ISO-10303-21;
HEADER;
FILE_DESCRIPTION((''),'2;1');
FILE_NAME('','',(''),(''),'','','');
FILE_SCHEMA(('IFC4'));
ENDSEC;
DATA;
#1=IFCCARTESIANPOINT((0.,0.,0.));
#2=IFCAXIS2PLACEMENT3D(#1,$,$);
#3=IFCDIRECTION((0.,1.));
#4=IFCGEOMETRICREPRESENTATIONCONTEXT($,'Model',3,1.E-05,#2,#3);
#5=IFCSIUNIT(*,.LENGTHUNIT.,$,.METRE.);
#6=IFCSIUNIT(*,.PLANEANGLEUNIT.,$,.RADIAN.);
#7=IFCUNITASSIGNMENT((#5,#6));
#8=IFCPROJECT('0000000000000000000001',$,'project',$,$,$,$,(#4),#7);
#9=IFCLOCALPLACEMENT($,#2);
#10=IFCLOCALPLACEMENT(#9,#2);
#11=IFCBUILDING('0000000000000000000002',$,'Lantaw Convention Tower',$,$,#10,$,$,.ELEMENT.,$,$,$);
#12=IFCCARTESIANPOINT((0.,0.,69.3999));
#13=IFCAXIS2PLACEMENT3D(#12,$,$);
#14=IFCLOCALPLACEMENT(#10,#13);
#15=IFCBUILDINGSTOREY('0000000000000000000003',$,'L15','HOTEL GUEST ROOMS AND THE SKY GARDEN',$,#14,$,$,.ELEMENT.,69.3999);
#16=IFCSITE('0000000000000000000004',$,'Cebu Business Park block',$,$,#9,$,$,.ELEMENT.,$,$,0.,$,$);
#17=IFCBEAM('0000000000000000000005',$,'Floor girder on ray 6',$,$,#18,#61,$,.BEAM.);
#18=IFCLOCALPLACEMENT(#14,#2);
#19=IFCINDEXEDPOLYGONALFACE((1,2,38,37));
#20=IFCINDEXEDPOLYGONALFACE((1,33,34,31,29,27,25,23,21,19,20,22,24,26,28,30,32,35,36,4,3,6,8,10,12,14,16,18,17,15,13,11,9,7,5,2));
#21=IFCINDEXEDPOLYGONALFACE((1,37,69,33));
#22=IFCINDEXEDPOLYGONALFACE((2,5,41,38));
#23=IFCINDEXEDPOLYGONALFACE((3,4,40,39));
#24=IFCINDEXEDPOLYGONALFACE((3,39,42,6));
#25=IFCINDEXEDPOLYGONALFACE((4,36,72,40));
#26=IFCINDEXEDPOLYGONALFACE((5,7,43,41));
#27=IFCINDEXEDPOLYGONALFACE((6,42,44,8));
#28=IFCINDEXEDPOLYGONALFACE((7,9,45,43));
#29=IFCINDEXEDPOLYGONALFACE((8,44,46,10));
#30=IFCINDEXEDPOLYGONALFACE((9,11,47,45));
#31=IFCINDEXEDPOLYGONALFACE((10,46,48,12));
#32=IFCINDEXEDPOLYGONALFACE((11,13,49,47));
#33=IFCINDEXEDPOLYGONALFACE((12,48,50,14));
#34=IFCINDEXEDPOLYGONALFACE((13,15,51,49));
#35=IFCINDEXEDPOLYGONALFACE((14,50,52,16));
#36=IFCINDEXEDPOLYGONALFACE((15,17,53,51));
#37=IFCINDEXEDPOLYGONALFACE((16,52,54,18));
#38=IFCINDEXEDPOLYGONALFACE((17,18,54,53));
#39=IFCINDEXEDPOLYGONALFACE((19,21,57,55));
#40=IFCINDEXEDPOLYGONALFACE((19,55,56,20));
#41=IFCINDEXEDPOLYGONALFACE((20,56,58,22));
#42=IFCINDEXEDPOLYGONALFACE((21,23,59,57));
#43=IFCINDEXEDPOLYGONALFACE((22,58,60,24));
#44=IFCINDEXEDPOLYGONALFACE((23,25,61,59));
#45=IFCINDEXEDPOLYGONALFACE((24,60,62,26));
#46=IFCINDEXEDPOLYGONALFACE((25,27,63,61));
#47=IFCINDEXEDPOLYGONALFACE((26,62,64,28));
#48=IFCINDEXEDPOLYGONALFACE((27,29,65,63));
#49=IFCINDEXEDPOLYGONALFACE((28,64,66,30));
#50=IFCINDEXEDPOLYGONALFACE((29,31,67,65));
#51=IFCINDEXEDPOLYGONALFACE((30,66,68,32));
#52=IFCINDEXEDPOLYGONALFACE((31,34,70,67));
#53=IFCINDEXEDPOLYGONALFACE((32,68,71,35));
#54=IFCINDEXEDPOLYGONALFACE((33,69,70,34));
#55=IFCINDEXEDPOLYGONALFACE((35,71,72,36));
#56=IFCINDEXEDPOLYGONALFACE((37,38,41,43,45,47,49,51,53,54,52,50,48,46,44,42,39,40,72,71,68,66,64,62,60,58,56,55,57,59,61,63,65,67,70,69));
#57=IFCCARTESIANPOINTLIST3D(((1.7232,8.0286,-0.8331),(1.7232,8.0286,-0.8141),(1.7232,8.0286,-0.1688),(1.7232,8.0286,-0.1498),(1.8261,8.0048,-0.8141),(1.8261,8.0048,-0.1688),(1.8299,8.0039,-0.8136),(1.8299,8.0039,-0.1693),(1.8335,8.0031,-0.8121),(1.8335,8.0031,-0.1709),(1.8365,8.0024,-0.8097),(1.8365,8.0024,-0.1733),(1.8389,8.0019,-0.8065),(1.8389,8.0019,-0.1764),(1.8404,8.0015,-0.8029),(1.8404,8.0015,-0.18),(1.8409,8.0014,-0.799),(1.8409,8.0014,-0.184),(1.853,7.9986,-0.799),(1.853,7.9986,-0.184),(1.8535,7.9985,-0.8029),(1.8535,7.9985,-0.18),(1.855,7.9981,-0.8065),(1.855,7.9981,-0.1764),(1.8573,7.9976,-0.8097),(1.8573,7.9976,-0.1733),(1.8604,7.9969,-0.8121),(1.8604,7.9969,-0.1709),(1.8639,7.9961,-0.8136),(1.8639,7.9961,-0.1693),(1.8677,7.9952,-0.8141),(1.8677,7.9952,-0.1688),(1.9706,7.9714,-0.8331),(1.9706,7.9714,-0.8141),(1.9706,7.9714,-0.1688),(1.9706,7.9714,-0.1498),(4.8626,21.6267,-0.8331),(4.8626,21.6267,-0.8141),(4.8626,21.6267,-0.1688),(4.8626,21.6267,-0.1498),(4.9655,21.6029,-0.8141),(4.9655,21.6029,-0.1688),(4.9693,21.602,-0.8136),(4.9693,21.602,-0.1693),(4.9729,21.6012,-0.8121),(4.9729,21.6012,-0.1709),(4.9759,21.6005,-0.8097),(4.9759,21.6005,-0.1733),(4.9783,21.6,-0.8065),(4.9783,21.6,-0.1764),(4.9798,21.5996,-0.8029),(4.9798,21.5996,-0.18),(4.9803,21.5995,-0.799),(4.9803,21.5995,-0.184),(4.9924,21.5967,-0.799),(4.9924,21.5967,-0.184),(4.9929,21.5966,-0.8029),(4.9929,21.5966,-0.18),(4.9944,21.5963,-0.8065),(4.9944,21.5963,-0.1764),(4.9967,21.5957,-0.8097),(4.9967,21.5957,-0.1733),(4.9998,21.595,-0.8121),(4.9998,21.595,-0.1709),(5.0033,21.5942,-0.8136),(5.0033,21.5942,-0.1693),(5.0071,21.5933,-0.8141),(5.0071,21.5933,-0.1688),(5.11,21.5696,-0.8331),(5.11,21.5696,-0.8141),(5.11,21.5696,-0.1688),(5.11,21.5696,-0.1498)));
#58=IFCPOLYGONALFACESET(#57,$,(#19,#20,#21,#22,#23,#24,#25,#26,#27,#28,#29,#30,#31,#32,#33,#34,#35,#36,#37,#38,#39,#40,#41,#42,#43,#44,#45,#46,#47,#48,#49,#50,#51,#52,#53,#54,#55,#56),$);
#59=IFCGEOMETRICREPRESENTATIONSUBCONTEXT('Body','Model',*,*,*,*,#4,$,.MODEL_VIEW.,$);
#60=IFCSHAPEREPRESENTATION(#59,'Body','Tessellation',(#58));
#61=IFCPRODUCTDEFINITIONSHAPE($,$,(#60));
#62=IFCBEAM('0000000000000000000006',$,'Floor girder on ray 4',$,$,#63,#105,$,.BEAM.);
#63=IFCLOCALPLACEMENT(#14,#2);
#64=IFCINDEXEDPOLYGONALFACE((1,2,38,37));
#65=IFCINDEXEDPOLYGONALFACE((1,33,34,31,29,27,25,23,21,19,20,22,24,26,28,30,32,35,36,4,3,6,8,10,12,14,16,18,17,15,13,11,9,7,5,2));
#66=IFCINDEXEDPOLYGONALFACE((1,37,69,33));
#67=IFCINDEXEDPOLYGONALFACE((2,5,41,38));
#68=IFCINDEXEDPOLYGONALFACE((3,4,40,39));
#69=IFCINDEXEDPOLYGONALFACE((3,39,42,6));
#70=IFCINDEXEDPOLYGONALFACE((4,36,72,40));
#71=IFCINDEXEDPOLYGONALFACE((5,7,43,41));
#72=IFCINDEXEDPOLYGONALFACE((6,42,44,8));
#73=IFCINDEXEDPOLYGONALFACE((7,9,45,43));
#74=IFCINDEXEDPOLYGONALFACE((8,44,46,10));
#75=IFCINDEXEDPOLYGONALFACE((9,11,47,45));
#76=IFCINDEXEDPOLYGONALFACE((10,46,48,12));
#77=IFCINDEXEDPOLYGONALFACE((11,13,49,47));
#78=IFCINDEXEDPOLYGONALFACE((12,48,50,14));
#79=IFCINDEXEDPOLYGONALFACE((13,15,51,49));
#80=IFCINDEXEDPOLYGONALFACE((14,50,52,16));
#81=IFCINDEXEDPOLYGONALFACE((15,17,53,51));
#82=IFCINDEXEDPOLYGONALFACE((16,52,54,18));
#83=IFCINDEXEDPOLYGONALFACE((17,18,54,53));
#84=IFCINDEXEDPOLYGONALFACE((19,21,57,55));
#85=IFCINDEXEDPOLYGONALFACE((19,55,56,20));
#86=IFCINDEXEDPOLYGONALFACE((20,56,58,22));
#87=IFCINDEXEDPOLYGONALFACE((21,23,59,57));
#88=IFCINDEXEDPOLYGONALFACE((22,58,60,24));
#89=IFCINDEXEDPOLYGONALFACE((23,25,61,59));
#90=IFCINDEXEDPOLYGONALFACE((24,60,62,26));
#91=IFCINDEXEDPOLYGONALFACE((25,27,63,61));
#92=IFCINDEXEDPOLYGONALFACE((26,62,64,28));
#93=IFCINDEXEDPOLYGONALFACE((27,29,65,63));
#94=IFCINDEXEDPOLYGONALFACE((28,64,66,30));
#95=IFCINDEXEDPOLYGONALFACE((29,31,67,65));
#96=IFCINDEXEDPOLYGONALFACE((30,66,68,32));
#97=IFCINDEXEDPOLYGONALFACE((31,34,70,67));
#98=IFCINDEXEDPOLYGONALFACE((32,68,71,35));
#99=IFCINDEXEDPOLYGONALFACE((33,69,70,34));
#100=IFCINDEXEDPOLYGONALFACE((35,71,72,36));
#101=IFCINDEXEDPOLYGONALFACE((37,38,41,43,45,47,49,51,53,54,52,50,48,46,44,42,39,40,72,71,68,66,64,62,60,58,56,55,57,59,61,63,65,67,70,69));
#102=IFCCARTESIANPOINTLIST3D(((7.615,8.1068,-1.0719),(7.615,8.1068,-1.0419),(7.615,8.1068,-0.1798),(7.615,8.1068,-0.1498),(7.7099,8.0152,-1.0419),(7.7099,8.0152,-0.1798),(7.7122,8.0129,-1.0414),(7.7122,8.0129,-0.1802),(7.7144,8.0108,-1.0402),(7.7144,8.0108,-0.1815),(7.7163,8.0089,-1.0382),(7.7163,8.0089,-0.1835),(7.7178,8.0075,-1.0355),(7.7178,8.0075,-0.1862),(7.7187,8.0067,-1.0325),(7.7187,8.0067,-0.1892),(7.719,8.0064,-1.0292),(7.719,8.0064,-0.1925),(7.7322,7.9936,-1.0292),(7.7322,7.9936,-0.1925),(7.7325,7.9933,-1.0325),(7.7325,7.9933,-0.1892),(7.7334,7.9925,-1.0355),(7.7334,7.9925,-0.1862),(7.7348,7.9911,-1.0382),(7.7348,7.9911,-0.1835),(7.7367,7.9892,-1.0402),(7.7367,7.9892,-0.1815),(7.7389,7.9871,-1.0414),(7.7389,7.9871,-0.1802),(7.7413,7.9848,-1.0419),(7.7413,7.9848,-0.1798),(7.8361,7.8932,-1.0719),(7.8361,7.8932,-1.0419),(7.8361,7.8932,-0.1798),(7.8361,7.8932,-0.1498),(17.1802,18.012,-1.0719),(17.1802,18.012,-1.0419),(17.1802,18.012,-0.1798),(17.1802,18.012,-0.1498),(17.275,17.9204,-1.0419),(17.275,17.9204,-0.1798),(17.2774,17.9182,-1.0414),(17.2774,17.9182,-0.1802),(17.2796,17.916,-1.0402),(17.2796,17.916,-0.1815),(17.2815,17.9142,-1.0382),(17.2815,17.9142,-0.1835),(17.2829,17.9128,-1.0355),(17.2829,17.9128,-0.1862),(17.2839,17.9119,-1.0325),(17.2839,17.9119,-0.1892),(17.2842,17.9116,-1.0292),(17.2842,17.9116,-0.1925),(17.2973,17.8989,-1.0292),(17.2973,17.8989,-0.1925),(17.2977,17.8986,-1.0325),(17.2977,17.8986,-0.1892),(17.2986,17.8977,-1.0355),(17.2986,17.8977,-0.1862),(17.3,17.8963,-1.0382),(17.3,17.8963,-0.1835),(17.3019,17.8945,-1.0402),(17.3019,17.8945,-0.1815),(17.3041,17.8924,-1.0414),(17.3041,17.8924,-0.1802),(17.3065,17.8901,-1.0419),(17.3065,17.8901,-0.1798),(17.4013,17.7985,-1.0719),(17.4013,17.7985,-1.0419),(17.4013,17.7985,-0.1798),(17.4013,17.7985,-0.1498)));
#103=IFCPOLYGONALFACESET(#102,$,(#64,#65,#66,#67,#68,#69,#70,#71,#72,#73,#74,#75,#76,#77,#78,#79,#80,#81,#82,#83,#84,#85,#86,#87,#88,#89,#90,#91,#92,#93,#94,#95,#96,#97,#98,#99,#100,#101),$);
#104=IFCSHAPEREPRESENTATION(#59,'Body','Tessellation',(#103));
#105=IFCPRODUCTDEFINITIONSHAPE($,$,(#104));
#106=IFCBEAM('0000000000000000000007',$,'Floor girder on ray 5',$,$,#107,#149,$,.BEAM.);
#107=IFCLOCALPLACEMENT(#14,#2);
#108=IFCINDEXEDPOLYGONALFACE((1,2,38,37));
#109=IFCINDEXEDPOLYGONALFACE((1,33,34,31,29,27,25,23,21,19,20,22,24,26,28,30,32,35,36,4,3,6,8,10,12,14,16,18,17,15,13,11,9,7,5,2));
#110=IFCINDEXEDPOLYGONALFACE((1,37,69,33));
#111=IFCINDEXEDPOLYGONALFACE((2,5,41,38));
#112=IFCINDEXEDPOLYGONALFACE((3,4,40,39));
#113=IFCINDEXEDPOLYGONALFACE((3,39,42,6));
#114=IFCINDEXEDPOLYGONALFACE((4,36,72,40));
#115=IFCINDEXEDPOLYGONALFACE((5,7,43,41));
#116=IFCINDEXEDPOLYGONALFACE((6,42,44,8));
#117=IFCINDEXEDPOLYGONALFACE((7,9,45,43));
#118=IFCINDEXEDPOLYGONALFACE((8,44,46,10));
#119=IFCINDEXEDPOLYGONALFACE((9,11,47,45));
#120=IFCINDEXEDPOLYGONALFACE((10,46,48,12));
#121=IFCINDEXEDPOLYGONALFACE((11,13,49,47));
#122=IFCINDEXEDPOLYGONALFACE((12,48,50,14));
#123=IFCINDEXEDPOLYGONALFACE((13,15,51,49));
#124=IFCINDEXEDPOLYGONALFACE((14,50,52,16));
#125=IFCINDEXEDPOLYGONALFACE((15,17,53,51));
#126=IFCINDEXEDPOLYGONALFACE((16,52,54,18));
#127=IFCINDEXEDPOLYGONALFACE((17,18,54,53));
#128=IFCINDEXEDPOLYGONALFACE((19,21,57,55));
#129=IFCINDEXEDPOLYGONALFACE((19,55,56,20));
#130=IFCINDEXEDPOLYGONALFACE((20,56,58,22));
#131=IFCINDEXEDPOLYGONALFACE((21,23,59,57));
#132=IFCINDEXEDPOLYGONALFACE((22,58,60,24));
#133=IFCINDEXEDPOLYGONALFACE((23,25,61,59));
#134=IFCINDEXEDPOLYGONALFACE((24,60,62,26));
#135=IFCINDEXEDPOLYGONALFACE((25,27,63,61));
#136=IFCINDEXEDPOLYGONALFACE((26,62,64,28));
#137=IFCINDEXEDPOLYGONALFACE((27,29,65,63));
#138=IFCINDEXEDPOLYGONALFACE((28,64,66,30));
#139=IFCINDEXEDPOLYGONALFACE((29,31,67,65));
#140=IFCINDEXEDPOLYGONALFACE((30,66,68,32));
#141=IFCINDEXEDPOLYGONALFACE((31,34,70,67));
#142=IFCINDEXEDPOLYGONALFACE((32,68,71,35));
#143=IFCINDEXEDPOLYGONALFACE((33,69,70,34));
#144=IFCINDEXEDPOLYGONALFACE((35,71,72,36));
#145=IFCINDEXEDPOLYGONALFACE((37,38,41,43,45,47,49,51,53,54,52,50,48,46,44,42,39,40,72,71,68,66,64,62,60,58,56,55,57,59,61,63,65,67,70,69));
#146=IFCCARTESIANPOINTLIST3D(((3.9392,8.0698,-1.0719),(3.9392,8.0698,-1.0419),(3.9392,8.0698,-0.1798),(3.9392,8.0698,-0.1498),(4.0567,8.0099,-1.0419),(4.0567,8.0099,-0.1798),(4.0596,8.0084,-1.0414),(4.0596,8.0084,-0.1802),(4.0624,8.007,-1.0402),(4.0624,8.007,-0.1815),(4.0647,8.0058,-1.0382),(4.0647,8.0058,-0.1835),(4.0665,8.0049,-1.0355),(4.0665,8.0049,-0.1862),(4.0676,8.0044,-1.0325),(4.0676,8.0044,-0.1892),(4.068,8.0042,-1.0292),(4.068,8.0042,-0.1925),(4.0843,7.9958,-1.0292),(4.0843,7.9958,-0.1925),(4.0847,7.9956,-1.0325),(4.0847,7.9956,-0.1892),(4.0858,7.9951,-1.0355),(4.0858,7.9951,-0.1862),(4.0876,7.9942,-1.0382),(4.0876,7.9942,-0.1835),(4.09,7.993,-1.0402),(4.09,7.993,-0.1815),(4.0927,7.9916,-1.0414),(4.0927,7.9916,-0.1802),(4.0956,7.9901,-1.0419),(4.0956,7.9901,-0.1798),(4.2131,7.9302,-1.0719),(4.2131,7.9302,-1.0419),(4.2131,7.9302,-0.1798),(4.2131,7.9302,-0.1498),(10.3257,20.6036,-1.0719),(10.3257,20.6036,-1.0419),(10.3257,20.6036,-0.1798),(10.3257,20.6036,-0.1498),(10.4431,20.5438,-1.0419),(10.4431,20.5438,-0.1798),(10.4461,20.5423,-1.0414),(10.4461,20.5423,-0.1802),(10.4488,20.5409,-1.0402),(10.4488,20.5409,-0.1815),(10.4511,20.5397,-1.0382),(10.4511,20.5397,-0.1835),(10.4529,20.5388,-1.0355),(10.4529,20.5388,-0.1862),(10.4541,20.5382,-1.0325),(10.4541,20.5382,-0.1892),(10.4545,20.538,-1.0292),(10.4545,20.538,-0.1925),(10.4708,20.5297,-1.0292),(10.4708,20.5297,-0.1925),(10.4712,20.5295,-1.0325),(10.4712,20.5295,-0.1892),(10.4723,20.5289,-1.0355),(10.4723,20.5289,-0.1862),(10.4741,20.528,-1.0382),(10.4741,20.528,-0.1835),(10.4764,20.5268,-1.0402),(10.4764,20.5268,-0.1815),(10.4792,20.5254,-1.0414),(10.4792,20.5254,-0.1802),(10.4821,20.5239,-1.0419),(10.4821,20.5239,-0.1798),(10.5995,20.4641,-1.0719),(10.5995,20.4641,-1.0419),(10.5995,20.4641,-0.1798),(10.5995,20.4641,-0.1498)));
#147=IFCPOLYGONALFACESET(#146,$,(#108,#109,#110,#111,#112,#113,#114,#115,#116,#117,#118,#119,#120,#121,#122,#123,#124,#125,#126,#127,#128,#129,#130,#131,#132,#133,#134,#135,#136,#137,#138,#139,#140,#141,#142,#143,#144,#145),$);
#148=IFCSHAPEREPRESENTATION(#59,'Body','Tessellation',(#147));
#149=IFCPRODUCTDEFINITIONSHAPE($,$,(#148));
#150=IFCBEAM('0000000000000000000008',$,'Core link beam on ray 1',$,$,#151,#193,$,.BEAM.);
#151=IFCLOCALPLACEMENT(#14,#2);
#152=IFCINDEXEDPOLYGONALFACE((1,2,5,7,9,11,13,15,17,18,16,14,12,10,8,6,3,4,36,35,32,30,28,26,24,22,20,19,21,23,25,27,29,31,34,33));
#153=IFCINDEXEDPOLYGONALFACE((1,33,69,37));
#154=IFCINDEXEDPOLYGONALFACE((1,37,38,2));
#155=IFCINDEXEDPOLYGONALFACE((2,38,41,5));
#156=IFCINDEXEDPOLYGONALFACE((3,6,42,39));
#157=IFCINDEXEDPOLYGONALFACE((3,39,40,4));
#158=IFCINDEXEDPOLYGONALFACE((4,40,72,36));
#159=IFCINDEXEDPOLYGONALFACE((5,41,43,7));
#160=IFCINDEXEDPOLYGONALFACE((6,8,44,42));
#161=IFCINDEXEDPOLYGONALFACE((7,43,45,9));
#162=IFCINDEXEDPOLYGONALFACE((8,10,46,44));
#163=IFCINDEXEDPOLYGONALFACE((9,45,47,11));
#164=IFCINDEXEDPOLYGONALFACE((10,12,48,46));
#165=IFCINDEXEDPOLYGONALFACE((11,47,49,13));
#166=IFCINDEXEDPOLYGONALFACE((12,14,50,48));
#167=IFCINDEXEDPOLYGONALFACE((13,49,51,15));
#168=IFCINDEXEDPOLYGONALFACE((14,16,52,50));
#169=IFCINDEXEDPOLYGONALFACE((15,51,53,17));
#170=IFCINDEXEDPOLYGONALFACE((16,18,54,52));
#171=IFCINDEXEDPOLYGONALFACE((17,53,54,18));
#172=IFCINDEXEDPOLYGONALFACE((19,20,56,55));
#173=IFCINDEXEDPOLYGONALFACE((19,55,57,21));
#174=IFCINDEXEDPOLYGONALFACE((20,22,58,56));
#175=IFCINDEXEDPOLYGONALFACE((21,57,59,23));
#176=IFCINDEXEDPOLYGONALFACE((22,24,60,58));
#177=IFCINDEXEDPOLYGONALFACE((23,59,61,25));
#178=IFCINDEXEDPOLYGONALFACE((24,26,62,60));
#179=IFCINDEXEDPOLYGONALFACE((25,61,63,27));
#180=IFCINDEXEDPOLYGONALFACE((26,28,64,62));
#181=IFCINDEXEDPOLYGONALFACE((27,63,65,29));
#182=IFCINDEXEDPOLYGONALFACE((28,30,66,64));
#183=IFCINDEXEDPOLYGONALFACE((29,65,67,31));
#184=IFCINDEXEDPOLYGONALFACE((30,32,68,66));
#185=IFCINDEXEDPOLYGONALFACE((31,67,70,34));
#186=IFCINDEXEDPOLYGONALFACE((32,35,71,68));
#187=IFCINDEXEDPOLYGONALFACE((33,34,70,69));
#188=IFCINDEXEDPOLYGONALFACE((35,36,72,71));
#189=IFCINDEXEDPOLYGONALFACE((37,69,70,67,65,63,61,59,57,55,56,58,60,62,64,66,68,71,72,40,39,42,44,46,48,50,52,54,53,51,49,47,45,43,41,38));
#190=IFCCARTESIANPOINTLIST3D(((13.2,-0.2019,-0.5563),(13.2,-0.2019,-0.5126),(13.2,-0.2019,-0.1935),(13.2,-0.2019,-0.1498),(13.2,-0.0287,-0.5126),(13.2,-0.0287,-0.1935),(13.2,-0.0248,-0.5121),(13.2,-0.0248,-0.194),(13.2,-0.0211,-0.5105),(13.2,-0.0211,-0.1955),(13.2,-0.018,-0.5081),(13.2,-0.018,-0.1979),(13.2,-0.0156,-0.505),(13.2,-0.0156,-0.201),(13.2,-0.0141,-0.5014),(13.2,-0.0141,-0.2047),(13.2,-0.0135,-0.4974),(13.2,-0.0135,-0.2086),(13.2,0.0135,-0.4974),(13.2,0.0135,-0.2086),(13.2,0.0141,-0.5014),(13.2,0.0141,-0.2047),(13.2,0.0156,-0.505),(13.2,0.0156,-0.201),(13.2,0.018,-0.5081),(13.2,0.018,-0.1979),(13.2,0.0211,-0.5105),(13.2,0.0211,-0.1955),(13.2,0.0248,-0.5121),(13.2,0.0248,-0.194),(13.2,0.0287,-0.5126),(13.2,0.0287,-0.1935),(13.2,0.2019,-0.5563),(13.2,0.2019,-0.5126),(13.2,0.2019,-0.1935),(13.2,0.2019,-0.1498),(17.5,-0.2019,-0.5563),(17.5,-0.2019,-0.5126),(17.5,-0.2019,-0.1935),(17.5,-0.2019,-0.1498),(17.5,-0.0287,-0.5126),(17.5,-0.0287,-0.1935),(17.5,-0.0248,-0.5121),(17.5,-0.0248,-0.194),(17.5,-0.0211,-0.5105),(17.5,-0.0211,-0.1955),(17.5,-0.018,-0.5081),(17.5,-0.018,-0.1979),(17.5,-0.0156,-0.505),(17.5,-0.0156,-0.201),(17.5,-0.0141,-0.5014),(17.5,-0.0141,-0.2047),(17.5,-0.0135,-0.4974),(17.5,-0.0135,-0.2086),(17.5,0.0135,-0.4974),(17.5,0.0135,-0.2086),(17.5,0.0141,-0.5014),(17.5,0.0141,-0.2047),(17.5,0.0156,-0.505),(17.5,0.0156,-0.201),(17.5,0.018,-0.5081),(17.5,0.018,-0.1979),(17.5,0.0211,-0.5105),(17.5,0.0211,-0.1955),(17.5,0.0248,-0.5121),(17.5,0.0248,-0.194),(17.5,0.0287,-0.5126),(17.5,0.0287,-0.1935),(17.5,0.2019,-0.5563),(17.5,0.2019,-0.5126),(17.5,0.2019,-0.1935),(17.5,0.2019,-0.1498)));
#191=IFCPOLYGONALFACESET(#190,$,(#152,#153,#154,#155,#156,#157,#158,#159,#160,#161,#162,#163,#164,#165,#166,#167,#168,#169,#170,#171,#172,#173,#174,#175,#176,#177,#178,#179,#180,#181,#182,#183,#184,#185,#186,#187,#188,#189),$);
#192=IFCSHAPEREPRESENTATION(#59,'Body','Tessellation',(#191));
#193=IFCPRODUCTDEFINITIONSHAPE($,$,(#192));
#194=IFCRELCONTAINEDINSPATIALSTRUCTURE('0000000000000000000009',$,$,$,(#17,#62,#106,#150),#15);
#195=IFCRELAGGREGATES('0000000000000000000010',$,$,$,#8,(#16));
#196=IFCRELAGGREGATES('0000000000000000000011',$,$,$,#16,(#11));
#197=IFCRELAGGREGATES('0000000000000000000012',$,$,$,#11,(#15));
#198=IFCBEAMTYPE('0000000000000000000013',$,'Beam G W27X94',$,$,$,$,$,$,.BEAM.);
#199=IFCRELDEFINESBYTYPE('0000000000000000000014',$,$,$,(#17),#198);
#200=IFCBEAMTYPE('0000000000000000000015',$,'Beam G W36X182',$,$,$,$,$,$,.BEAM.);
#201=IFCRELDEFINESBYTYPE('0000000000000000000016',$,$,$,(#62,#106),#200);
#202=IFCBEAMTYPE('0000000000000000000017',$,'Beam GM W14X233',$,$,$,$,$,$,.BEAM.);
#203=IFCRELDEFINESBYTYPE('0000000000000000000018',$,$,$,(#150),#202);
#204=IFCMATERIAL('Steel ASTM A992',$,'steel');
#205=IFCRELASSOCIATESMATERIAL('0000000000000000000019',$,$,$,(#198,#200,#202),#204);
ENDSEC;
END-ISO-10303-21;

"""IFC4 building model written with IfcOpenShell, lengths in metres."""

from ifc_helpers import new_model, si_unit, direction, frame, origin, origin_2d, place, context, subcontext, project, spatial, i_section, extrude, material, material_profile, profile_set, type_object, element, save


model = new_model("IFC4")

# Units and contexts
model_context = context("Model", 3, precision=1e-05, world=origin(), true_north=direction((0.0, 1.0)))
body_context = subcontext(model_context, "Body", "Model", "MODEL_VIEW")
ifc_project = project(units=[si_unit("LENGTHUNIT", "METRE"), si_unit("PLANEANGLEUNIT", "RADIAN")], contexts=[model_context])

# Site, building, storey
site_placement = place(None, origin())
site = spatial("IfcSite", under=ifc_project, at=site_placement, Name="Cebu Business Park block", CompositionType="ELEMENT", RefElevation=0.0)
building_placement = place(site_placement, origin())
building = spatial("IfcBuilding", under=site, at=building_placement, Name="Lantaw Convention Tower", CompositionType="ELEMENT")
storey_placement = place(building_placement, frame((0.0, 0.0, 69.3999)))
storey = spatial("IfcBuildingStorey", under=building, at=storey_placement, Name="L15", Description="HOTEL GUEST ROOMS AND THE SKY GARDEN", CompositionType="ELEMENT", Elevation=69.3999)

# Beams
ifc_material_1 = material(Name="Steel ASTM A992", Category="steel")
ifc_material_profile_1 = material_profile(ifc_material_1, i_section(OverallWidth=0.2539, OverallDepth=0.6833, WebThickness=0.0125, FlangeThickness=0.019, FilletRadius=0.0151, at=origin_2d()), Name="W27X94")
ifc_profile_set_1 = profile_set([ifc_material_profile_1], Name="Steel ASTM A992")
beam_type_1 = type_object("IfcBeamType", Name="Beam G W27X94", PredefinedType="BEAM", material=ifc_profile_set_1)
beam_1_placement = place(storey_placement, frame((1.8469, 8.0, -0.4915), z_axis=(0.224953, 0.97437, 0.0), x_axis=(-0.97437, 0.224953, 0.0)))
element("IfcBeam", 1, at=beam_1_placement, inside=storey, type_object=beam_type_1, Name="Floor girder on ray 6", PredefinedType="BEAM", context=body_context, shape_type="SweptSolid", body=[
    extrude(i_section(OverallWidth=0.2539, OverallDepth=0.6833, WebThickness=0.0125, FlangeThickness=0.019, FilletRadius=0.0151, at=origin_2d()), origin(), (0.0, 0.0, 1.0), 13.9558),
])
ifc_material_profile_2 = material_profile(ifc_material_1, i_section(OverallWidth=0.3074, OverallDepth=0.9221, WebThickness=0.0183, FlangeThickness=0.03, FilletRadius=0.0127, at=origin_2d()), Name="W36X182")
ifc_profile_set_2 = profile_set([ifc_material_profile_2], Name="Steel ASTM A992")
beam_type_2 = type_object("IfcBeamType", Name="Beam G W36X182", PredefinedType="BEAM", material=ifc_profile_set_2)
beam_2_placement = place(storey_placement, frame((7.7256, 8.0, -0.6108), z_axis=(0.69465, 0.719348, 0.0), x_axis=(-0.719348, 0.69465, 0.0)))
element("IfcBeam", 2, at=beam_2_placement, inside=storey, type_object=beam_type_2, Name="Floor girder on ray 4", PredefinedType="BEAM", context=body_context, shape_type="SweptSolid", body=[
    extrude(i_section(OverallWidth=0.3074, OverallDepth=0.9221, WebThickness=0.0183, FlangeThickness=0.03, FilletRadius=0.0127, at=origin_2d()), origin(), (0.0, 0.0, 1.0), 13.7698),
])
beam_3_placement = place(storey_placement, frame((4.0762, 8.0, -0.6108), z_axis=(0.453997, 0.891003, 0.0), x_axis=(-0.891003, 0.453997, 0.0)))
element("IfcBeam", 3, at=beam_3_placement, inside=storey, type_object=beam_type_2, Name="Floor girder on ray 5", PredefinedType="BEAM", context=body_context, shape_type="SweptSolid", body=[
    extrude(i_section(OverallWidth=0.3074, OverallDepth=0.9221, WebThickness=0.0183, FlangeThickness=0.03, FilletRadius=0.0127, at=origin_2d()), origin(), (0.0, 0.0, 1.0), 14.0671),
])
ifc_material_profile_3 = material_profile(ifc_material_1, i_section(OverallWidth=0.4038, OverallDepth=0.4065, WebThickness=0.0271, FlangeThickness=0.0437, FilletRadius=0.0151, at=origin_2d()), Name="W14X233")
ifc_profile_set_3 = profile_set([ifc_material_profile_3], Name="Steel ASTM A992")
beam_type_3 = type_object("IfcBeamType", Name="Beam GM W14X233", PredefinedType="BEAM", material=ifc_profile_set_3)
beam_4_placement = place(storey_placement, frame((13.2, 0.0, -0.353), z_axis=(1.0, 0.0, 0.0), x_axis=(0.0, 1.0, 0.0)))
element("IfcBeam", 4, at=beam_4_placement, inside=storey, type_object=beam_type_3, Name="Core link beam on ray 1", PredefinedType="BEAM", context=body_context, shape_type="SweptSolid", body=[
    extrude(i_section(OverallWidth=0.4038, OverallDepth=0.4065, WebThickness=0.0271, FlangeThickness=0.0437, FilletRadius=0.0151, at=origin_2d()), origin(), (0.0, 0.0, 1.0), 4.3),
])

save(model, "model.ifc")
